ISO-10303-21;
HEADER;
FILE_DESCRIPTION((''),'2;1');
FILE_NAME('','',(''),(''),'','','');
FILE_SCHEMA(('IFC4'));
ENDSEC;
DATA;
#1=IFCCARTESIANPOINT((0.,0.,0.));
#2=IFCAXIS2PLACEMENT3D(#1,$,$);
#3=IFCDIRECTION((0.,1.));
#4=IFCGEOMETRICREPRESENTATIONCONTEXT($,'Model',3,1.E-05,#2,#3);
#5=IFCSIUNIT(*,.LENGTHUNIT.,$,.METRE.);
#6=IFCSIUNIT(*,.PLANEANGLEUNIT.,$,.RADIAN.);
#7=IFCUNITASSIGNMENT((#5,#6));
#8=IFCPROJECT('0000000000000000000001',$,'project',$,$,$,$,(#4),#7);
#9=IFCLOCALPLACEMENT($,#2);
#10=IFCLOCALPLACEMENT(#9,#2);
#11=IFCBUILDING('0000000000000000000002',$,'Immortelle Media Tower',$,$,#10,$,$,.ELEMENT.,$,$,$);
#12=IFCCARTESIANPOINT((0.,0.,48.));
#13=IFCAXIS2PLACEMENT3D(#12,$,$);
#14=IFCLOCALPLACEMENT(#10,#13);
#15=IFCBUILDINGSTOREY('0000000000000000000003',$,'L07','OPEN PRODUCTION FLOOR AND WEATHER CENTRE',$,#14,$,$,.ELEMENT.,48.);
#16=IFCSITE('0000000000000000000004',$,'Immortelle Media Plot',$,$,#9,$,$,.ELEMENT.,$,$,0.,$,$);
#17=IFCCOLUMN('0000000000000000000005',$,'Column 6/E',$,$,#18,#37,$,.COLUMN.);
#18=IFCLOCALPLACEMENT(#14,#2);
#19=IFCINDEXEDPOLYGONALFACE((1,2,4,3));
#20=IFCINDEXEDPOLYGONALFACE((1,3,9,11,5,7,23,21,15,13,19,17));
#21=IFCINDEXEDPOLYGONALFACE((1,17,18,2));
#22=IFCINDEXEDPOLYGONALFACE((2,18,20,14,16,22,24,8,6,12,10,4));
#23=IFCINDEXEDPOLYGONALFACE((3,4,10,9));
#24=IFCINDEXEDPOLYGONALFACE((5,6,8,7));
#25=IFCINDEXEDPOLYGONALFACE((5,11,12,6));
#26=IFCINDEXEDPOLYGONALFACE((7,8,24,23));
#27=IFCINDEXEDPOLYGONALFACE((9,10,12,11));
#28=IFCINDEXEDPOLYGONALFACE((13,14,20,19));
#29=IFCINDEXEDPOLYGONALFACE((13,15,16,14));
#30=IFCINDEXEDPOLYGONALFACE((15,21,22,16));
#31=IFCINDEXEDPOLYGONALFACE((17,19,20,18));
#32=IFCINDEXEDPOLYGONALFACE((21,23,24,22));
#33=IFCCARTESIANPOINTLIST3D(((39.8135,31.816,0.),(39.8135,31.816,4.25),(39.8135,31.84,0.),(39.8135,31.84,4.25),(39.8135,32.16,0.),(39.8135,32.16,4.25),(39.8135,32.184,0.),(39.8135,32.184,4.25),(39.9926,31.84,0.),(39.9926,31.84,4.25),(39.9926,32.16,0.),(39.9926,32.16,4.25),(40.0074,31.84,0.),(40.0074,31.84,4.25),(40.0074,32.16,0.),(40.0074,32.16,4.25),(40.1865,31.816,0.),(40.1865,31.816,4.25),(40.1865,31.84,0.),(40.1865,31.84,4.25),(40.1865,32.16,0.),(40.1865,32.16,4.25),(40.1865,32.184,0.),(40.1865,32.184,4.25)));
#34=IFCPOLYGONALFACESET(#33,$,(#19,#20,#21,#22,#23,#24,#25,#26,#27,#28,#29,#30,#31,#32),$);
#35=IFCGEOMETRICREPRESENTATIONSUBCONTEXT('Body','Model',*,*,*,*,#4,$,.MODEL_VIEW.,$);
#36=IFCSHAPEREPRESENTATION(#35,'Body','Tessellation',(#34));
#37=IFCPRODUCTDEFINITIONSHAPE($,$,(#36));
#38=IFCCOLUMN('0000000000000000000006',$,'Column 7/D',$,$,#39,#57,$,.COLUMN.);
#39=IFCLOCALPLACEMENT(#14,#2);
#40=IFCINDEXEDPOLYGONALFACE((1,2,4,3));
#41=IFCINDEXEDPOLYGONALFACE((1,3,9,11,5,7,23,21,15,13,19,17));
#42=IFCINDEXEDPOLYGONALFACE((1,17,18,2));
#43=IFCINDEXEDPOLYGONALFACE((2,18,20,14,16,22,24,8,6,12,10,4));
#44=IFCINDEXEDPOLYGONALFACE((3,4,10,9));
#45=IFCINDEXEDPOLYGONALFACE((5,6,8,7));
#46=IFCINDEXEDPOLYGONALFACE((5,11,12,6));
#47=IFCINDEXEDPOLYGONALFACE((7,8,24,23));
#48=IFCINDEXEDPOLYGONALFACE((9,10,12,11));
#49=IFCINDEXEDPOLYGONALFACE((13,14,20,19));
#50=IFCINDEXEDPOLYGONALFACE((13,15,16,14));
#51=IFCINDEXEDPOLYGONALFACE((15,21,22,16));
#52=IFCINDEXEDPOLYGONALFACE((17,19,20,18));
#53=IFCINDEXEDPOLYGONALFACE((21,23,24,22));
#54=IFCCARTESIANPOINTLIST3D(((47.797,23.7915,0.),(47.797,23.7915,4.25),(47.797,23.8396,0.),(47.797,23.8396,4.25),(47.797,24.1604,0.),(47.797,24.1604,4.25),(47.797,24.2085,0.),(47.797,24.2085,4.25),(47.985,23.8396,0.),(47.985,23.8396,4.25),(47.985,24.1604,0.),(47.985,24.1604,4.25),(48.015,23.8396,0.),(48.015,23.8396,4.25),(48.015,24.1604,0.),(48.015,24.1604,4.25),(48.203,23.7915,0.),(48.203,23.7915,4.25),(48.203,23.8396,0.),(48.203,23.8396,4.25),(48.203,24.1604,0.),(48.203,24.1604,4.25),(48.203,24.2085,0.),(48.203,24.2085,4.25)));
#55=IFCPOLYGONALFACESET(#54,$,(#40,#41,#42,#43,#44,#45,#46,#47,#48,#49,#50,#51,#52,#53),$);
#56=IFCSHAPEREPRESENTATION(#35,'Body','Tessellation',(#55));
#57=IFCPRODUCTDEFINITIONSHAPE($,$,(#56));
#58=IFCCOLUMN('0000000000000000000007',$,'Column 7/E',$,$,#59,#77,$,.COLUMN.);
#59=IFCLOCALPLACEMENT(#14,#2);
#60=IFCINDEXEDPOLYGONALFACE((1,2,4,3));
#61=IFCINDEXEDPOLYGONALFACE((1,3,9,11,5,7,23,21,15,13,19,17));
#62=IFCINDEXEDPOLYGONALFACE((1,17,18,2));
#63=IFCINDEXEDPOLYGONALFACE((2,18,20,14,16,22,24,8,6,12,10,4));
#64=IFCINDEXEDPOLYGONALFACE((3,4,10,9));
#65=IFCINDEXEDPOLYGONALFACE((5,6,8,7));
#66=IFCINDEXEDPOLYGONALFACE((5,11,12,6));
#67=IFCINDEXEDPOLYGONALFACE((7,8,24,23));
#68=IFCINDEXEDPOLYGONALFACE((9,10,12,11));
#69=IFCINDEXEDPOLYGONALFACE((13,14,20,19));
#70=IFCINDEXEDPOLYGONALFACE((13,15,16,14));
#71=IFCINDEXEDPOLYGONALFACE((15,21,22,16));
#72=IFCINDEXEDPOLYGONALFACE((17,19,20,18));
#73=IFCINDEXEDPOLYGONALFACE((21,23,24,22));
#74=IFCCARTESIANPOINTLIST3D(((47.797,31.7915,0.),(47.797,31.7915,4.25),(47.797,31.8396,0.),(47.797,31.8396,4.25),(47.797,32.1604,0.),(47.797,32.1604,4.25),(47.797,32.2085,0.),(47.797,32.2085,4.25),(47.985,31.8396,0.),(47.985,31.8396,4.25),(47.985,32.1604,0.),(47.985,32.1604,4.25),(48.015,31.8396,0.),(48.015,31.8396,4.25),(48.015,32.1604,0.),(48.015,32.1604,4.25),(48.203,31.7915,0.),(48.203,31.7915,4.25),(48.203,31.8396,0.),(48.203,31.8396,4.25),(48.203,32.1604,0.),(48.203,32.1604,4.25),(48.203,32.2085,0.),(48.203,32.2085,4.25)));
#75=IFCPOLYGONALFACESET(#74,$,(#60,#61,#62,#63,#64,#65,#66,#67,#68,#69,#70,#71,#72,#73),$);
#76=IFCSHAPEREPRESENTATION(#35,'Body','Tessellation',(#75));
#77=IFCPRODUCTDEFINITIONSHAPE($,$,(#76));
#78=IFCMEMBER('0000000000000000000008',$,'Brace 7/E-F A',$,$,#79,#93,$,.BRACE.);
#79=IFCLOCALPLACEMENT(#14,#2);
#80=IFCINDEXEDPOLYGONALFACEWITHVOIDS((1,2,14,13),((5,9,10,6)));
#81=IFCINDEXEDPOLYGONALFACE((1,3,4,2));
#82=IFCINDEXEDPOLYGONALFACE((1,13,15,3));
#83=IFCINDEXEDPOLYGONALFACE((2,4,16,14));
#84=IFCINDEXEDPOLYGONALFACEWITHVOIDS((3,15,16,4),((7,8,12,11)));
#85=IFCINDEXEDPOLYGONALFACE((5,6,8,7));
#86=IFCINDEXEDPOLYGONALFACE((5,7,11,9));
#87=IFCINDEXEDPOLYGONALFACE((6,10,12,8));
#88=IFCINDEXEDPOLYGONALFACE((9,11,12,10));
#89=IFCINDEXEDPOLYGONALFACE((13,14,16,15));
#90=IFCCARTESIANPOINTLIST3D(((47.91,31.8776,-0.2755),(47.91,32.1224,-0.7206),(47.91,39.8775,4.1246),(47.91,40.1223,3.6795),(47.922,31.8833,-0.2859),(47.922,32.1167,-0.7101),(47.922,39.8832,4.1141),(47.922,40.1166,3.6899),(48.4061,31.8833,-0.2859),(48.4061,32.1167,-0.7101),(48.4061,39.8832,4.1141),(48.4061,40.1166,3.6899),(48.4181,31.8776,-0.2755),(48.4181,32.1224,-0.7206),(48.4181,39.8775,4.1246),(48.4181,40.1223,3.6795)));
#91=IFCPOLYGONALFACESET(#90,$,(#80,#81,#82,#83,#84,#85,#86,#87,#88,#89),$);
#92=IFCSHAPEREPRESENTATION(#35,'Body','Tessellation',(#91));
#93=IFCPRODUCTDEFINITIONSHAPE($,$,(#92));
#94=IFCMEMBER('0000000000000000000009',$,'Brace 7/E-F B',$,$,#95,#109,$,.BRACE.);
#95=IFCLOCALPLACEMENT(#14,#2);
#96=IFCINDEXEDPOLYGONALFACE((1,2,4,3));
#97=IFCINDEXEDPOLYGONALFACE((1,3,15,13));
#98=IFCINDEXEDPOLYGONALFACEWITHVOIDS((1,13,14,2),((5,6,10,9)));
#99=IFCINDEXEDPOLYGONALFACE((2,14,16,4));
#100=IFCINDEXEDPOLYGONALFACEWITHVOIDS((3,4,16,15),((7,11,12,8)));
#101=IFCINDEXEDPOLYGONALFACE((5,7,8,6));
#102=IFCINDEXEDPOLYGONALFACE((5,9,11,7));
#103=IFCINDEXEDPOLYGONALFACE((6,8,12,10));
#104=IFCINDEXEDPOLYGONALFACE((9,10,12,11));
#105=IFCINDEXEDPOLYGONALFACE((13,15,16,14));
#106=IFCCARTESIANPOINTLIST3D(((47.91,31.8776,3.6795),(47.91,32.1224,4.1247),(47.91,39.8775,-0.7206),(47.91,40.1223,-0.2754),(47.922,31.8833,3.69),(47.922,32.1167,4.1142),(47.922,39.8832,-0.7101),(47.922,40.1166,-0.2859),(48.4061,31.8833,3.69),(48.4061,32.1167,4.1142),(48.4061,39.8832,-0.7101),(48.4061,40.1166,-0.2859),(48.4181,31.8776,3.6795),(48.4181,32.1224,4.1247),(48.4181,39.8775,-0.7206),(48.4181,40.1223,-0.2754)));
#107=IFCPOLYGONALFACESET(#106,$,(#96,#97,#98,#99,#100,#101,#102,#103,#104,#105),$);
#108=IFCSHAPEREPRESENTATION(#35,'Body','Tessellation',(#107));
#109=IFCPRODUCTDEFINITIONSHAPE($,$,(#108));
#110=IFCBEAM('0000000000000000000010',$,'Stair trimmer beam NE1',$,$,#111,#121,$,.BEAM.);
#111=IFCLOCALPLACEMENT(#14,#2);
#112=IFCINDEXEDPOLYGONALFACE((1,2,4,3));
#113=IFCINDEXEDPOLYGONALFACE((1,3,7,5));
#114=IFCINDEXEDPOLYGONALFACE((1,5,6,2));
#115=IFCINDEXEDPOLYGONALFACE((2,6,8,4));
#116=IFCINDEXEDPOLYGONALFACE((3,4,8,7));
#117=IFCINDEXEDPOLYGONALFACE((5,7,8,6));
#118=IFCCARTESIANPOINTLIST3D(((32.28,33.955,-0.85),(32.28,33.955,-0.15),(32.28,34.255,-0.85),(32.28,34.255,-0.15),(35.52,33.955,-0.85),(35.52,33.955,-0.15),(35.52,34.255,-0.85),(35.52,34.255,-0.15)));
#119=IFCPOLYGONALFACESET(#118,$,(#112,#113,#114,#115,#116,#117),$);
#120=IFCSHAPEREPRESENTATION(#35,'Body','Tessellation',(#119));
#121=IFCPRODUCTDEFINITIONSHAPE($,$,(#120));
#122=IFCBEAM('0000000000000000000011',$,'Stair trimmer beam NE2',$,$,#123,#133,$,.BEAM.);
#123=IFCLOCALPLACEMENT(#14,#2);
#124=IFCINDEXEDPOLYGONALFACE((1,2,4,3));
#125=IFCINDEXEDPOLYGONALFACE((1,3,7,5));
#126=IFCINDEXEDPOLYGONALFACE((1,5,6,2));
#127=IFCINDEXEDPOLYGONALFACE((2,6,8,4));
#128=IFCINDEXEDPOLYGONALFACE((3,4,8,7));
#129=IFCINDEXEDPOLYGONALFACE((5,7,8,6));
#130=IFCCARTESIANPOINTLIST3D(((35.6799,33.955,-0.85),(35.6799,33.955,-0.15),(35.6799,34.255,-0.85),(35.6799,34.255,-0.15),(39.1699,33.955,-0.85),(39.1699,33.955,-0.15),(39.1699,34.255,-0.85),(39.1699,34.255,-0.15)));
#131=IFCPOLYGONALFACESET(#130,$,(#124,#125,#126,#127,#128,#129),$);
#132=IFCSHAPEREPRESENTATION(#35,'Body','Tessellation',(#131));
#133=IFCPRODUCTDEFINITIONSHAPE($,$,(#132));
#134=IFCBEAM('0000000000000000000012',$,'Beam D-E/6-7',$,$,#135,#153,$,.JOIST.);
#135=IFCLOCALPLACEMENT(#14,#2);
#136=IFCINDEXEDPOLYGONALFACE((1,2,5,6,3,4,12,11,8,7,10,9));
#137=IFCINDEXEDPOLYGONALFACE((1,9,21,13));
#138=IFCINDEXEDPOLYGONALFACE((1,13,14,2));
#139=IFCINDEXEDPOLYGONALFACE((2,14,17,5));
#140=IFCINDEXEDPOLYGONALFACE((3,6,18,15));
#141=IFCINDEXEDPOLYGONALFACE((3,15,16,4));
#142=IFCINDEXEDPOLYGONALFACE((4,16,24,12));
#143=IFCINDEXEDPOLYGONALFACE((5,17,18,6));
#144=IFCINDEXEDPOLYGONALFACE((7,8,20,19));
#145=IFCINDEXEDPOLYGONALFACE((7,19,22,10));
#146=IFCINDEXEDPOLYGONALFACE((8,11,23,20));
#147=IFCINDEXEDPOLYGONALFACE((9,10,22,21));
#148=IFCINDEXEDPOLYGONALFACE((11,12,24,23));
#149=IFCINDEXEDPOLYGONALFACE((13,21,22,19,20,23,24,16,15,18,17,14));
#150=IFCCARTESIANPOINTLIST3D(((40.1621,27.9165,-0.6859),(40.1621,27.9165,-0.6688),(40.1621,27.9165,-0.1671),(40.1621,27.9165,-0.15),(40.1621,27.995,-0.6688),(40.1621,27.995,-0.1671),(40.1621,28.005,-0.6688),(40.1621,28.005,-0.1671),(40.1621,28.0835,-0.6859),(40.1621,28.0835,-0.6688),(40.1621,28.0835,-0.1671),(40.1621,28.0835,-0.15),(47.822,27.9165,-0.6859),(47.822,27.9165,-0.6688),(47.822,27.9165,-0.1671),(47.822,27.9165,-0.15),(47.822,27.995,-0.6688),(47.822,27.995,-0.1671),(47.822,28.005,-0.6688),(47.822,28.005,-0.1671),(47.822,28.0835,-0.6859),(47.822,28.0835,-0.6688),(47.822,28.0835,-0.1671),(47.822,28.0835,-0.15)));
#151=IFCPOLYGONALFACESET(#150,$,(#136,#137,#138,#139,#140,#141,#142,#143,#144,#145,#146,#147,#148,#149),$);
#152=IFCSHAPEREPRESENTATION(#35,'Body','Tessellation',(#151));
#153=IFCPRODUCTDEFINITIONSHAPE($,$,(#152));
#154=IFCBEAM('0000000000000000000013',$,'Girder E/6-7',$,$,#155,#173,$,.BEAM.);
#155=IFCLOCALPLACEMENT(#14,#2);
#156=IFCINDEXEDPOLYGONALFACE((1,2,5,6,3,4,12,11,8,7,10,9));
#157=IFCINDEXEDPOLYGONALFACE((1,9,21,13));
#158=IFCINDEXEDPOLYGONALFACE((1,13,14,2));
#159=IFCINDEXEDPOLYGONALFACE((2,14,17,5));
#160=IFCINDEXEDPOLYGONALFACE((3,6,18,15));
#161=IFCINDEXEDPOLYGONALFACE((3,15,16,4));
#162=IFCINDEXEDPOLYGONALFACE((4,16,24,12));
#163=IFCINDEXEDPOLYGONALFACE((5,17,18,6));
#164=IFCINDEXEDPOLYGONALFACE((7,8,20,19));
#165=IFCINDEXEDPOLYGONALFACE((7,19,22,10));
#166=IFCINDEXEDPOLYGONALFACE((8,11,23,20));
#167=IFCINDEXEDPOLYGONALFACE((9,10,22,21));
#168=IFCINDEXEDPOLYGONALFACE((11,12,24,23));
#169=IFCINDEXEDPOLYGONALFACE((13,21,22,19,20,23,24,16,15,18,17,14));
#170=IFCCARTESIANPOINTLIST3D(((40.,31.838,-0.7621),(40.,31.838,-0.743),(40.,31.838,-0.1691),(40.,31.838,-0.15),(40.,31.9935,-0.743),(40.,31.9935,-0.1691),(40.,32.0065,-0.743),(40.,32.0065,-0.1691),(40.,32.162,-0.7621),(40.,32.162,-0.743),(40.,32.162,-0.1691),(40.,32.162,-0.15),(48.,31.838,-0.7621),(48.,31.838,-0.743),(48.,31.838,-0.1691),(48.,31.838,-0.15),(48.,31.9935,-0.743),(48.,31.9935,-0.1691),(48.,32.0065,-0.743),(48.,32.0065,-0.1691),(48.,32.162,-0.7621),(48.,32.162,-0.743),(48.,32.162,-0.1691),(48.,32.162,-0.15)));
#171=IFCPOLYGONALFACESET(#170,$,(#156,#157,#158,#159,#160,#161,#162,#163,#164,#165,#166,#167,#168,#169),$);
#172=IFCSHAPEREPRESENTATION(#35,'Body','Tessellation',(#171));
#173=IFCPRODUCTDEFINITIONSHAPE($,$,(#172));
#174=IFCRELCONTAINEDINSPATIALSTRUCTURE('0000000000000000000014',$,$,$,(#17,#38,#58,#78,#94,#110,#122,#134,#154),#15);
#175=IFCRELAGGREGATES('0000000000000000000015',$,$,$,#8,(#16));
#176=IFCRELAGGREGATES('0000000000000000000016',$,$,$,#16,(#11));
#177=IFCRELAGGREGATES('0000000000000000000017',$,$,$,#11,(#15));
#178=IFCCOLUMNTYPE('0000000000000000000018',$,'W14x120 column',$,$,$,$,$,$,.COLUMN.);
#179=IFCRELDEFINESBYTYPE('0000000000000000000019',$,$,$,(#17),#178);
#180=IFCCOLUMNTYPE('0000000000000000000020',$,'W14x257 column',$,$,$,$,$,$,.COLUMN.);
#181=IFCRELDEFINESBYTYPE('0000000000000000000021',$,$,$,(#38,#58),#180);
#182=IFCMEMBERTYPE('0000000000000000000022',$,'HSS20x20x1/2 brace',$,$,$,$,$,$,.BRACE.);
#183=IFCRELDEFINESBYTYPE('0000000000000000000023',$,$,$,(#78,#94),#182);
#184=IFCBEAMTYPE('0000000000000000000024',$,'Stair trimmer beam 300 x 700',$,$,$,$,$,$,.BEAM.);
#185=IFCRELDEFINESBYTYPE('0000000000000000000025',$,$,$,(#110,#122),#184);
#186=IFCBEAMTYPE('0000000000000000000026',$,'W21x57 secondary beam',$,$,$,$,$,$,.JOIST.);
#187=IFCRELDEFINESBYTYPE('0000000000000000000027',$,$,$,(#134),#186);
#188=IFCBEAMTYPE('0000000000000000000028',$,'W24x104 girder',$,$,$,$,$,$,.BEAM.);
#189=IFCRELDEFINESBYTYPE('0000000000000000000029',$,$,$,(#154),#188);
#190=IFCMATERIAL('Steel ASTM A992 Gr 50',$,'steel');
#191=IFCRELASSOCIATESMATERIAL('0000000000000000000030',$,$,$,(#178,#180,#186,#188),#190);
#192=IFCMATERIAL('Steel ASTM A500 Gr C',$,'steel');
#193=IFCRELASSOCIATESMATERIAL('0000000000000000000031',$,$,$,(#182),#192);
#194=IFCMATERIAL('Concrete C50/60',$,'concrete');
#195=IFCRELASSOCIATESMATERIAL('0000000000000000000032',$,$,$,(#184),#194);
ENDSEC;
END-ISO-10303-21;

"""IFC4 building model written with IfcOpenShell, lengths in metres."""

from ifc_helpers import new_model, si_unit, direction, frame, origin, origin_2d, place, context, subcontext, project, spatial, rectangle, hollow_rectangle, i_section, extrude, material, material_profile, profile_set, type_object, element, save


model = new_model("IFC4")

# Units and contexts
model_context = context("Model", 3, precision=1e-05, world=origin(), true_north=direction((0.0, 1.0)))
body_context = subcontext(model_context, "Body", "Model", "MODEL_VIEW")
ifc_project = project(units=[si_unit("LENGTHUNIT", "METRE"), si_unit("PLANEANGLEUNIT", "RADIAN")], contexts=[model_context])

# Site, building, storey
site_placement = place(None, origin())
site = spatial("IfcSite", under=ifc_project, at=site_placement, Name="Immortelle Media Plot", CompositionType="ELEMENT", RefElevation=0.0)
building_placement = place(site_placement, origin())
building = spatial("IfcBuilding", under=site, at=building_placement, Name="Immortelle Media Tower", CompositionType="ELEMENT")
storey_placement = place(building_placement, frame((0.0, 0.0, 48.0)))
storey = spatial("IfcBuildingStorey", under=building, at=storey_placement, Name="L07", Description="OPEN PRODUCTION FLOOR AND WEATHER CENTRE", CompositionType="ELEMENT", Elevation=48.0)

# Columns
ifc_material_1 = material(Name="Steel ASTM A992 Gr 50", Category="steel")
ifc_material_profile_1 = material_profile(ifc_material_1, i_section(OverallWidth=0.373, OverallDepth=0.3679, WebThickness=0.0149, FlangeThickness=0.0239, at=origin_2d()), Name="W14x120")
ifc_profile_set_1 = profile_set([ifc_material_profile_1], Name="Steel ASTM A992 Gr 50")
column_type_1 = type_object("IfcColumnType", Name="W14x120 column", PredefinedType="COLUMN", material=ifc_profile_set_1)
column_placement = place(storey_placement, frame((40.0, 32.0, 0.0), z_axis=(0.0, 0.0, 1.0), x_axis=(1.0, 0.0, 0.0)))
element("IfcColumn", 1, at=column_placement, inside=storey, type_object=column_type_1, Name="Column 6/E", PredefinedType="COLUMN", context=body_context, shape_type="SweptSolid", body=[
    extrude(i_section(OverallWidth=0.373, OverallDepth=0.3679, WebThickness=0.0149, FlangeThickness=0.0239, at=origin_2d()), origin(), (0.0, 0.0, 1.0), 4.25),
])
ifc_material_profile_2 = material_profile(ifc_material_1, i_section(OverallWidth=0.406, OverallDepth=0.417, WebThickness=0.03, FlangeThickness=0.0481, at=origin_2d()), Name="W14x257")
ifc_profile_set_2 = profile_set([ifc_material_profile_2], Name="Steel ASTM A992 Gr 50")
column_type_2 = type_object("IfcColumnType", Name="W14x257 column", PredefinedType="COLUMN", material=ifc_profile_set_2)
for number, where, z_axis, x_axis, name in (
    (2, (48.0, 24.0, 0.0), (0.0, 0.0, 1.0), (1.0, 0.0, 0.0), "Column 7/D"),
    (3, (48.0, 32.0, 0.0), (0.0, 0.0, 1.0), (1.0, 0.0, 0.0), "Column 7/E"),
):
    element("IfcColumn", number, at=place(storey_placement, frame(where, z_axis=z_axis, x_axis=x_axis)), inside=storey, type_object=column_type_2, Name=name, PredefinedType="COLUMN", context=body_context, shape_type="SweptSolid", body=[
        extrude(i_section(OverallWidth=0.406, OverallDepth=0.417, WebThickness=0.03, FlangeThickness=0.0481, at=origin_2d()), origin(), (0.0, 0.0, 1.0), 4.25),
    ])

# Members
ifc_material_2 = material(Name="Steel ASTM A500 Gr C", Category="steel")
ifc_material_profile_3 = material_profile(ifc_material_2, hollow_rectangle(XDim=0.5081, YDim=0.5081, WallThickness=0.012, at=origin_2d()), Name="HSS20x20x1/2 brace")
ifc_profile_set_3 = profile_set([ifc_material_profile_3], Name="Steel ASTM A500 Gr C")
member_type = type_object("IfcMemberType", Name="HSS20x20x1/2 brace", PredefinedType="BRACE", material=ifc_profile_set_3)
for number, where, z_axis, x_axis, name in (
    (4, (48.1641, 32.0, -0.498), (0.0, 0.876209, 0.481931), (-1.0, 0.0, 0.0), "Brace 7/E-F A"),
    (5, (48.1641, 32.0, 3.9021), (0.0, 0.876209, -0.481931), (-1.0, 0.0, 0.0), "Brace 7/E-F B"),
):
    element("IfcMember", number, at=place(storey_placement, frame(where, z_axis=z_axis, x_axis=x_axis)), inside=storey, type_object=member_type, Name=name, PredefinedType="BRACE", context=body_context, shape_type="SweptSolid", body=[
        extrude(hollow_rectangle(XDim=0.5081, YDim=0.5081, WallThickness=0.012, at=origin_2d()), origin(), (0.0, 0.0, 1.0), 9.1301),
    ])

# Beams
ifc_material_3 = material(Name="Concrete C50/60", Category="concrete")
ifc_material_profile_4 = material_profile(ifc_material_3, rectangle(XDim=0.3, YDim=0.7, at=origin_2d()), Name="RC 300x700")
ifc_profile_set_4 = profile_set([ifc_material_profile_4], Name="Concrete C50/60")
beam_type_1 = type_object("IfcBeamType", Name="Stair trimmer beam 300 x 700", PredefinedType="BEAM", material=ifc_profile_set_4)
beam_1_placement = place(storey_placement, frame((32.28, 34.105, -0.5), z_axis=(1.0, 0.0, 0.0), x_axis=(0.0, 1.0, 0.0)))
element("IfcBeam", 6, at=beam_1_placement, inside=storey, type_object=beam_type_1, Name="Stair trimmer beam NE1", PredefinedType="BEAM", context=body_context, shape_type="SweptSolid", body=[
    extrude(rectangle(XDim=0.3, YDim=0.7, at=origin_2d()), origin(), (0.0, 0.0, 1.0), 3.24),
])
beam_2_placement = place(storey_placement, frame((35.6799, 34.105, -0.5), z_axis=(1.0, 0.0, 0.0), x_axis=(0.0, 1.0, 0.0)))
element("IfcBeam", 7, at=beam_2_placement, inside=storey, type_object=beam_type_1, Name="Stair trimmer beam NE2", PredefinedType="BEAM", context=body_context, shape_type="SweptSolid", body=[
    extrude(rectangle(XDim=0.3, YDim=0.7, at=origin_2d()), origin(), (0.0, 0.0, 1.0), 3.49),
])
ifc_material_profile_5 = material_profile(ifc_material_1, i_section(OverallWidth=0.167, OverallDepth=0.5359, WebThickness=0.01, FlangeThickness=0.0171, at=origin_2d()), Name="W21x57")
ifc_profile_set_5 = profile_set([ifc_material_profile_5], Name="Steel ASTM A992 Gr 50")
beam_type_2 = type_object("IfcBeamType", Name="W21x57 secondary beam", PredefinedType="JOIST", material=ifc_profile_set_5)
beam_3_placement = place(storey_placement, frame((40.1621, 28.0, -0.418), z_axis=(1.0, 0.0, 0.0), x_axis=(0.0, 1.0, 0.0)))
element("IfcBeam", 8, at=beam_3_placement, inside=storey, type_object=beam_type_2, Name="Beam D-E/6-7", PredefinedType="JOIST", context=body_context, shape_type="SweptSolid", body=[
    extrude(i_section(OverallWidth=0.167, OverallDepth=0.5359, WebThickness=0.01, FlangeThickness=0.0171, at=origin_2d()), origin(), (0.0, 0.0, 1.0), 7.6599),
])
ifc_material_profile_6 = material_profile(ifc_material_1, i_section(OverallWidth=0.324, OverallDepth=0.6121, WebThickness=0.0129, FlangeThickness=0.019, at=origin_2d()), Name="W24x104")
ifc_profile_set_6 = profile_set([ifc_material_profile_6], Name="Steel ASTM A992 Gr 50")
beam_type_3 = type_object("IfcBeamType", Name="W24x104 girder", PredefinedType="BEAM", material=ifc_profile_set_6)
for number, where, z_axis, x_axis, name in (
    (9, (40.0, 32.0, -0.4561), (1.0, 0.0, 0.0), (0.0, 1.0, 0.0), "Girder E/6-7"),
):
    element("IfcBeam", number, at=place(storey_placement, frame(where, z_axis=z_axis, x_axis=x_axis)), inside=storey, type_object=beam_type_3, Name=name, PredefinedType="BEAM", context=body_context, shape_type="SweptSolid", body=[
        extrude(i_section(OverallWidth=0.324, OverallDepth=0.6121, WebThickness=0.0129, FlangeThickness=0.019, at=origin_2d()), origin(), (0.0, 0.0, 1.0), 8.0),
    ])

save(model, "model.ifc")
